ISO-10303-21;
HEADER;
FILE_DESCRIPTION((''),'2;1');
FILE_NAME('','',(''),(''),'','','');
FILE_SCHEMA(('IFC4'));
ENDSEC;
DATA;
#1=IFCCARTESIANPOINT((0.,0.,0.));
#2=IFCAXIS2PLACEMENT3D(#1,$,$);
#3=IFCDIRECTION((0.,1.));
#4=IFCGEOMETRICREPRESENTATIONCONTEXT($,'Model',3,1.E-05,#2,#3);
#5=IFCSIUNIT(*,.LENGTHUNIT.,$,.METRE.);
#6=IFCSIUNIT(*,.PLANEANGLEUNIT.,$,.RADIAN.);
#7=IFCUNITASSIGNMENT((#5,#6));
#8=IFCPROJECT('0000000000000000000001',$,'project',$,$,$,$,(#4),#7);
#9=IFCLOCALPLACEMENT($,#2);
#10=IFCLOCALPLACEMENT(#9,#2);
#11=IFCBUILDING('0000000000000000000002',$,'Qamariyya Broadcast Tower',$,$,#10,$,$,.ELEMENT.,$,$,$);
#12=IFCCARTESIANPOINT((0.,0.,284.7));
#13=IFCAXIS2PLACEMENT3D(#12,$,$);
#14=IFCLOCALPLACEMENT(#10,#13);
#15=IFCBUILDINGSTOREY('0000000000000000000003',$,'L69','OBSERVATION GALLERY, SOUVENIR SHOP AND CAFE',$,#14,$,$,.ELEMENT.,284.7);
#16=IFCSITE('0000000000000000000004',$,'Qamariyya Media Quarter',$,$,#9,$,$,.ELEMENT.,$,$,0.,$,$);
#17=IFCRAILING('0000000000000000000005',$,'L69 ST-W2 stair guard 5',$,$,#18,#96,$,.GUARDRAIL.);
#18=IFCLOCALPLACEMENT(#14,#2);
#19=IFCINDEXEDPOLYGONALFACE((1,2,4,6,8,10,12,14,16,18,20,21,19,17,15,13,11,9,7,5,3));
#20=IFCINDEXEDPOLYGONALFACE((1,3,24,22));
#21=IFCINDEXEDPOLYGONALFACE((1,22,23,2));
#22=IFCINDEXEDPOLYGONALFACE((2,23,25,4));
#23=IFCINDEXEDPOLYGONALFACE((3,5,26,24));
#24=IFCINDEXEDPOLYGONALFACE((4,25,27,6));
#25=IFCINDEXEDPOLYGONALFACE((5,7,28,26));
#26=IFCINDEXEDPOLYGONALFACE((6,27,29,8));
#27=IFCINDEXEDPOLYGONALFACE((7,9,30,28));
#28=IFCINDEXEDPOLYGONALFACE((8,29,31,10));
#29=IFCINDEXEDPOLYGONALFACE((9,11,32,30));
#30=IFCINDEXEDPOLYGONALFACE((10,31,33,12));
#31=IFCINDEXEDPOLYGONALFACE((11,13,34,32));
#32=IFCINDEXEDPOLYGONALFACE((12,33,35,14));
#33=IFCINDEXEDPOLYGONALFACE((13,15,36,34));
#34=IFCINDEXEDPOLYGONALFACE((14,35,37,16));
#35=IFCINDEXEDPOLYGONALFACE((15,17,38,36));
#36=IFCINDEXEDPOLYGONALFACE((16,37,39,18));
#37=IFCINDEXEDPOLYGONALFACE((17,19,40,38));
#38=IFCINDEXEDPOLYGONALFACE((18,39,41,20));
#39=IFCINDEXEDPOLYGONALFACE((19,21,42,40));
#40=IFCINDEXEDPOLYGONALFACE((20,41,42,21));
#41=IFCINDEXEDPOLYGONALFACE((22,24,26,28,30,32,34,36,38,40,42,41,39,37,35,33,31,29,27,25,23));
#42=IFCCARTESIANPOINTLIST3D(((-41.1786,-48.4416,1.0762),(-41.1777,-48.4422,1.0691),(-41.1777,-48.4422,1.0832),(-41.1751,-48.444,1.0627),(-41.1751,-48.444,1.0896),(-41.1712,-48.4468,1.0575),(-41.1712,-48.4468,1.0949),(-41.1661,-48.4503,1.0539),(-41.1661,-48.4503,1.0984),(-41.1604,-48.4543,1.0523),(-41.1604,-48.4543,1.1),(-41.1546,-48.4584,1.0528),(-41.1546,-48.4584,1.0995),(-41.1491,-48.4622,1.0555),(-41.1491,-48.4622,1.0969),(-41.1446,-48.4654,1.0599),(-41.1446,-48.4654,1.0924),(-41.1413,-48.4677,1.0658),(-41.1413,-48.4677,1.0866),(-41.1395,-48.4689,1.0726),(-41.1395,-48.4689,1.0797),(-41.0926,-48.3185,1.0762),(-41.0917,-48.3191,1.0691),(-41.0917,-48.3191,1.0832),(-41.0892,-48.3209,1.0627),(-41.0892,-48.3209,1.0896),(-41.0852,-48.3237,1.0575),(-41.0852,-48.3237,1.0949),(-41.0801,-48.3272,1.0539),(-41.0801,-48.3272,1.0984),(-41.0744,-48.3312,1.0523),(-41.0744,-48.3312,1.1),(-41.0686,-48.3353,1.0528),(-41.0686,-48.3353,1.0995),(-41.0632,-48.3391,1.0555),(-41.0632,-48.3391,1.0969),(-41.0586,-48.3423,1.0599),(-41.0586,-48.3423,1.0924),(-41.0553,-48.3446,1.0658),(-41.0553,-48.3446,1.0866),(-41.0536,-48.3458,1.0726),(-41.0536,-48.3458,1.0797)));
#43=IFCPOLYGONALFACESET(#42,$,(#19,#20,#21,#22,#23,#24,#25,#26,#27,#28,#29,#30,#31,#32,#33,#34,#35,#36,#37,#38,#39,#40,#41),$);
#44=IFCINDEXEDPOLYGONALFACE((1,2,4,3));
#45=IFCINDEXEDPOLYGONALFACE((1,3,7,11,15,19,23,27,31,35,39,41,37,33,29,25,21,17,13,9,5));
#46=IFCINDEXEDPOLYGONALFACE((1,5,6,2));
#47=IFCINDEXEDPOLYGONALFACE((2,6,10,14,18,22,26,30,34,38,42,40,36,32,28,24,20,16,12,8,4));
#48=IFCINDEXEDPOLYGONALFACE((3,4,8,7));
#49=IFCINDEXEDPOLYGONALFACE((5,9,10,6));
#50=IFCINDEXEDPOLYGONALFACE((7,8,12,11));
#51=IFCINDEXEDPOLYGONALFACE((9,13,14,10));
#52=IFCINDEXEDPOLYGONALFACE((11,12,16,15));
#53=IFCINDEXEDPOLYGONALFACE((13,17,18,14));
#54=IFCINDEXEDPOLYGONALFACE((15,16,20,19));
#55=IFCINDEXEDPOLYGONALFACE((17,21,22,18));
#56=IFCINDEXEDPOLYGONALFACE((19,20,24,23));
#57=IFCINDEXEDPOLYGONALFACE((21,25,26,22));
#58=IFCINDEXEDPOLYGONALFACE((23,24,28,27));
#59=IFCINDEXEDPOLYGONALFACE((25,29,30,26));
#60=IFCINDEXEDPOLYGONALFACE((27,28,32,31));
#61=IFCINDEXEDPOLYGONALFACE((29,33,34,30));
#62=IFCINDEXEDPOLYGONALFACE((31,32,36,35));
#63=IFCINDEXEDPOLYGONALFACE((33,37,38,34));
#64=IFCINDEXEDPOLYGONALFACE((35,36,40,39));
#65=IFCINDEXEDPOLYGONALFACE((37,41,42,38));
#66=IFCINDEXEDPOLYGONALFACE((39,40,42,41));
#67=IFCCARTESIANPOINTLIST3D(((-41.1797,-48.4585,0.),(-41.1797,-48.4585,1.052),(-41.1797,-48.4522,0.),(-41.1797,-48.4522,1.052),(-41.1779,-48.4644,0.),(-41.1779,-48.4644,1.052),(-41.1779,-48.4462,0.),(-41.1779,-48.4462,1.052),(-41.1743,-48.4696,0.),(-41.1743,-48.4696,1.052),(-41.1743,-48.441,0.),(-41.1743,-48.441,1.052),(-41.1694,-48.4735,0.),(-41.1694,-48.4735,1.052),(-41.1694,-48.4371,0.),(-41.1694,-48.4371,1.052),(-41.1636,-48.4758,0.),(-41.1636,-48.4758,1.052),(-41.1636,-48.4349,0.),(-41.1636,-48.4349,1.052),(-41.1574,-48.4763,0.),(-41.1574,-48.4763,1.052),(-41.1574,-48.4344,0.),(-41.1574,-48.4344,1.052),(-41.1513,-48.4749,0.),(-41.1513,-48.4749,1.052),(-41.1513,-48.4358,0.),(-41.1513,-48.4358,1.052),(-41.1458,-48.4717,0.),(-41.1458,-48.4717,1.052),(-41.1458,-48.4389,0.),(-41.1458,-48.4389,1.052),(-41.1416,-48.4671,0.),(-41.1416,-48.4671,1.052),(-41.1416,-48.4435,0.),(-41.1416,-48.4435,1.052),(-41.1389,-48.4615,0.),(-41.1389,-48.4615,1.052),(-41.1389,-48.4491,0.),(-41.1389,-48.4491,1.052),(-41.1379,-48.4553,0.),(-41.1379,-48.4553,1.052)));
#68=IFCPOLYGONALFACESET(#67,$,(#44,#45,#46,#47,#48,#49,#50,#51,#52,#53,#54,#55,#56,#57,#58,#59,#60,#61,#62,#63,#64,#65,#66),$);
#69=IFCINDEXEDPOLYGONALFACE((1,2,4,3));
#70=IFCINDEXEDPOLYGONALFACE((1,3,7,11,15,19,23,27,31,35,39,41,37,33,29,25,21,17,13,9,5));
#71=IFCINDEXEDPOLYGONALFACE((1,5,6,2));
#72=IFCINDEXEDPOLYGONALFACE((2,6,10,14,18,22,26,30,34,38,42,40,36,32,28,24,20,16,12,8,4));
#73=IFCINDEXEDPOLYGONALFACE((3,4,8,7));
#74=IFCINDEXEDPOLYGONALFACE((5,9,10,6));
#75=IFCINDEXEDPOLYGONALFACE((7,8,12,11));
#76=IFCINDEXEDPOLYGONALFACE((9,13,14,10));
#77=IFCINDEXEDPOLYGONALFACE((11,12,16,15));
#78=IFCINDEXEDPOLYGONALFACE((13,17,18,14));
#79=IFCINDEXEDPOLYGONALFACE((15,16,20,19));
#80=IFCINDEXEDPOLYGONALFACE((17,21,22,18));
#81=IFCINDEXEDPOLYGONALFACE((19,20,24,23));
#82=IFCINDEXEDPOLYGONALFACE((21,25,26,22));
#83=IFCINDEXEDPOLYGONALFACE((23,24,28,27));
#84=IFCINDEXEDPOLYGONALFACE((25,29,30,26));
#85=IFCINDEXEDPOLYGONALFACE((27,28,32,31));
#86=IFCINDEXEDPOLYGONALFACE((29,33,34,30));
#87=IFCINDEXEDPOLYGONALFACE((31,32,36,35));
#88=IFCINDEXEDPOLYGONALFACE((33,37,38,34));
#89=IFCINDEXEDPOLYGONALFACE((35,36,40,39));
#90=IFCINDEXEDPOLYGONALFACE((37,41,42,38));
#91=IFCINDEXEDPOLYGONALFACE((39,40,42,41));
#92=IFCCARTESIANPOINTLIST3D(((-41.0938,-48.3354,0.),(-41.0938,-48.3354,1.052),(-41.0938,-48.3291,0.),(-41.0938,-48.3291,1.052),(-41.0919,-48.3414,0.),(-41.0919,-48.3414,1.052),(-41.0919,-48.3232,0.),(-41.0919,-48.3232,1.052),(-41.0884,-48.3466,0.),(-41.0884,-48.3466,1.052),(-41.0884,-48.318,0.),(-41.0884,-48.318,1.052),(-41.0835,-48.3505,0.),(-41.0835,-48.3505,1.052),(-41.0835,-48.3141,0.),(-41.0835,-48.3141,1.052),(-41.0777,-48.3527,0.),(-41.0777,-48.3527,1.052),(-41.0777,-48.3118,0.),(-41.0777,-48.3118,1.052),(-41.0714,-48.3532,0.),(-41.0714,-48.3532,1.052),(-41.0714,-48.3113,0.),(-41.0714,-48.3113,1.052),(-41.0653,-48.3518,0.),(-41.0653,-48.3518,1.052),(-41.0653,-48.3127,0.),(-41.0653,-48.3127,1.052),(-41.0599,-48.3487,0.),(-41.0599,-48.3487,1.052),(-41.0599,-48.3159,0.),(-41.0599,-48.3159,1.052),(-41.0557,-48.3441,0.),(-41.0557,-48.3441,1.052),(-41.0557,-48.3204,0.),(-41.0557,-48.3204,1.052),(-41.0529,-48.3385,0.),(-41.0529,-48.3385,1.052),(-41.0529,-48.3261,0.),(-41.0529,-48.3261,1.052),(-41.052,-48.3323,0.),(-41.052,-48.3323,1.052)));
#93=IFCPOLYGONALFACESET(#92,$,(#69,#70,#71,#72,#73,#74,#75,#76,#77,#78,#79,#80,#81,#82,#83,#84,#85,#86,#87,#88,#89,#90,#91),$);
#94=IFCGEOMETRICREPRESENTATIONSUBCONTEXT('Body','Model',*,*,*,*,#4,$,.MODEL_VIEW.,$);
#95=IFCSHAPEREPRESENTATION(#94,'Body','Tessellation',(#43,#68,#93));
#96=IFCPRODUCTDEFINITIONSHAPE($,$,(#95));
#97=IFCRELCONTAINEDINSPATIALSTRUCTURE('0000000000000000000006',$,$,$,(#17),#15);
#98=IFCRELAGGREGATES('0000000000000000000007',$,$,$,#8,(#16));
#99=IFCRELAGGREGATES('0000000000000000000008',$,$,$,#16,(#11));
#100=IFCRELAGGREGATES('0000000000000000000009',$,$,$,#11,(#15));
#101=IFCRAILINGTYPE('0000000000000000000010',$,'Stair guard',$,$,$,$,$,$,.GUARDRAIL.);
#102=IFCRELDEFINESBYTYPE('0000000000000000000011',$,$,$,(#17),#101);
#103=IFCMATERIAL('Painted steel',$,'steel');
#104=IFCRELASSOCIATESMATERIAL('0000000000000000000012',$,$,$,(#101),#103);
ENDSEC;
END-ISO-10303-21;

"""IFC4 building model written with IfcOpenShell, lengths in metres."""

from ifc_helpers import new_model, si_unit, direction, frame, origin, origin_2d, place, context, subcontext, project, spatial, circle, extrude, material, type_object, element, save


model = new_model("IFC4")

# Units and contexts
model_context = context("Model", 3, precision=1e-05, world=origin(), true_north=direction((0.0, 1.0)))
body_context = subcontext(model_context, "Body", "Model", "MODEL_VIEW")
ifc_project = project(units=[si_unit("LENGTHUNIT", "METRE"), si_unit("PLANEANGLEUNIT", "RADIAN")], contexts=[model_context])

# Site, building, storey
site_placement = place(None, origin())
site = spatial("IfcSite", under=ifc_project, at=site_placement, Name="Qamariyya Media Quarter", CompositionType="ELEMENT", RefElevation=0.0)
building_placement = place(site_placement, origin())
building = spatial("IfcBuilding", under=site, at=building_placement, Name="Qamariyya Broadcast Tower", CompositionType="ELEMENT")
storey_placement = place(building_placement, frame((0.0, 0.0, 284.7)))
storey = spatial("IfcBuildingStorey", under=building, at=storey_placement, Name="L69", Description="OBSERVATION GALLERY, SOUVENIR SHOP AND CAFE", CompositionType="ELEMENT", Elevation=284.7)

# Railing
ifc_material_1 = material(Name="Painted steel", Category="steel")
railing_type_1 = type_object("IfcRailingType", Name="Stair guard", PredefinedType="GUARDRAIL", material=ifc_material_1)
railing_1_placement = place(storey_placement, frame((-41.1589, -48.4553, 0.0)))
element("IfcRailing", 1, at=railing_1_placement, inside=storey, type_object=railing_type_1, Name="L69 ST-W2 stair guard 5", PredefinedType="GUARDRAIL", context=body_context, shape_type="SweptSolid", body=[
    extrude(circle(Radius=0.0239, at=origin_2d()), frame((0.0, 0.0, 1.0762), z_axis=(0.572589, 0.819843, 0.0), x_axis=(-0.819843, 0.572589, 0.0)), (0.0, 0.0, 1.0), 0.1501),
    extrude(circle(Radius=0.021, at=origin_2d()), origin(), (0.0, 0.0, 1.0), 1.052),
    extrude(circle(Radius=0.021, at=origin_2d()), frame((0.0859, 0.123, 0.0)), (0.0, 0.0, 1.0), 1.052),
])

save(model, "model.ifc")
